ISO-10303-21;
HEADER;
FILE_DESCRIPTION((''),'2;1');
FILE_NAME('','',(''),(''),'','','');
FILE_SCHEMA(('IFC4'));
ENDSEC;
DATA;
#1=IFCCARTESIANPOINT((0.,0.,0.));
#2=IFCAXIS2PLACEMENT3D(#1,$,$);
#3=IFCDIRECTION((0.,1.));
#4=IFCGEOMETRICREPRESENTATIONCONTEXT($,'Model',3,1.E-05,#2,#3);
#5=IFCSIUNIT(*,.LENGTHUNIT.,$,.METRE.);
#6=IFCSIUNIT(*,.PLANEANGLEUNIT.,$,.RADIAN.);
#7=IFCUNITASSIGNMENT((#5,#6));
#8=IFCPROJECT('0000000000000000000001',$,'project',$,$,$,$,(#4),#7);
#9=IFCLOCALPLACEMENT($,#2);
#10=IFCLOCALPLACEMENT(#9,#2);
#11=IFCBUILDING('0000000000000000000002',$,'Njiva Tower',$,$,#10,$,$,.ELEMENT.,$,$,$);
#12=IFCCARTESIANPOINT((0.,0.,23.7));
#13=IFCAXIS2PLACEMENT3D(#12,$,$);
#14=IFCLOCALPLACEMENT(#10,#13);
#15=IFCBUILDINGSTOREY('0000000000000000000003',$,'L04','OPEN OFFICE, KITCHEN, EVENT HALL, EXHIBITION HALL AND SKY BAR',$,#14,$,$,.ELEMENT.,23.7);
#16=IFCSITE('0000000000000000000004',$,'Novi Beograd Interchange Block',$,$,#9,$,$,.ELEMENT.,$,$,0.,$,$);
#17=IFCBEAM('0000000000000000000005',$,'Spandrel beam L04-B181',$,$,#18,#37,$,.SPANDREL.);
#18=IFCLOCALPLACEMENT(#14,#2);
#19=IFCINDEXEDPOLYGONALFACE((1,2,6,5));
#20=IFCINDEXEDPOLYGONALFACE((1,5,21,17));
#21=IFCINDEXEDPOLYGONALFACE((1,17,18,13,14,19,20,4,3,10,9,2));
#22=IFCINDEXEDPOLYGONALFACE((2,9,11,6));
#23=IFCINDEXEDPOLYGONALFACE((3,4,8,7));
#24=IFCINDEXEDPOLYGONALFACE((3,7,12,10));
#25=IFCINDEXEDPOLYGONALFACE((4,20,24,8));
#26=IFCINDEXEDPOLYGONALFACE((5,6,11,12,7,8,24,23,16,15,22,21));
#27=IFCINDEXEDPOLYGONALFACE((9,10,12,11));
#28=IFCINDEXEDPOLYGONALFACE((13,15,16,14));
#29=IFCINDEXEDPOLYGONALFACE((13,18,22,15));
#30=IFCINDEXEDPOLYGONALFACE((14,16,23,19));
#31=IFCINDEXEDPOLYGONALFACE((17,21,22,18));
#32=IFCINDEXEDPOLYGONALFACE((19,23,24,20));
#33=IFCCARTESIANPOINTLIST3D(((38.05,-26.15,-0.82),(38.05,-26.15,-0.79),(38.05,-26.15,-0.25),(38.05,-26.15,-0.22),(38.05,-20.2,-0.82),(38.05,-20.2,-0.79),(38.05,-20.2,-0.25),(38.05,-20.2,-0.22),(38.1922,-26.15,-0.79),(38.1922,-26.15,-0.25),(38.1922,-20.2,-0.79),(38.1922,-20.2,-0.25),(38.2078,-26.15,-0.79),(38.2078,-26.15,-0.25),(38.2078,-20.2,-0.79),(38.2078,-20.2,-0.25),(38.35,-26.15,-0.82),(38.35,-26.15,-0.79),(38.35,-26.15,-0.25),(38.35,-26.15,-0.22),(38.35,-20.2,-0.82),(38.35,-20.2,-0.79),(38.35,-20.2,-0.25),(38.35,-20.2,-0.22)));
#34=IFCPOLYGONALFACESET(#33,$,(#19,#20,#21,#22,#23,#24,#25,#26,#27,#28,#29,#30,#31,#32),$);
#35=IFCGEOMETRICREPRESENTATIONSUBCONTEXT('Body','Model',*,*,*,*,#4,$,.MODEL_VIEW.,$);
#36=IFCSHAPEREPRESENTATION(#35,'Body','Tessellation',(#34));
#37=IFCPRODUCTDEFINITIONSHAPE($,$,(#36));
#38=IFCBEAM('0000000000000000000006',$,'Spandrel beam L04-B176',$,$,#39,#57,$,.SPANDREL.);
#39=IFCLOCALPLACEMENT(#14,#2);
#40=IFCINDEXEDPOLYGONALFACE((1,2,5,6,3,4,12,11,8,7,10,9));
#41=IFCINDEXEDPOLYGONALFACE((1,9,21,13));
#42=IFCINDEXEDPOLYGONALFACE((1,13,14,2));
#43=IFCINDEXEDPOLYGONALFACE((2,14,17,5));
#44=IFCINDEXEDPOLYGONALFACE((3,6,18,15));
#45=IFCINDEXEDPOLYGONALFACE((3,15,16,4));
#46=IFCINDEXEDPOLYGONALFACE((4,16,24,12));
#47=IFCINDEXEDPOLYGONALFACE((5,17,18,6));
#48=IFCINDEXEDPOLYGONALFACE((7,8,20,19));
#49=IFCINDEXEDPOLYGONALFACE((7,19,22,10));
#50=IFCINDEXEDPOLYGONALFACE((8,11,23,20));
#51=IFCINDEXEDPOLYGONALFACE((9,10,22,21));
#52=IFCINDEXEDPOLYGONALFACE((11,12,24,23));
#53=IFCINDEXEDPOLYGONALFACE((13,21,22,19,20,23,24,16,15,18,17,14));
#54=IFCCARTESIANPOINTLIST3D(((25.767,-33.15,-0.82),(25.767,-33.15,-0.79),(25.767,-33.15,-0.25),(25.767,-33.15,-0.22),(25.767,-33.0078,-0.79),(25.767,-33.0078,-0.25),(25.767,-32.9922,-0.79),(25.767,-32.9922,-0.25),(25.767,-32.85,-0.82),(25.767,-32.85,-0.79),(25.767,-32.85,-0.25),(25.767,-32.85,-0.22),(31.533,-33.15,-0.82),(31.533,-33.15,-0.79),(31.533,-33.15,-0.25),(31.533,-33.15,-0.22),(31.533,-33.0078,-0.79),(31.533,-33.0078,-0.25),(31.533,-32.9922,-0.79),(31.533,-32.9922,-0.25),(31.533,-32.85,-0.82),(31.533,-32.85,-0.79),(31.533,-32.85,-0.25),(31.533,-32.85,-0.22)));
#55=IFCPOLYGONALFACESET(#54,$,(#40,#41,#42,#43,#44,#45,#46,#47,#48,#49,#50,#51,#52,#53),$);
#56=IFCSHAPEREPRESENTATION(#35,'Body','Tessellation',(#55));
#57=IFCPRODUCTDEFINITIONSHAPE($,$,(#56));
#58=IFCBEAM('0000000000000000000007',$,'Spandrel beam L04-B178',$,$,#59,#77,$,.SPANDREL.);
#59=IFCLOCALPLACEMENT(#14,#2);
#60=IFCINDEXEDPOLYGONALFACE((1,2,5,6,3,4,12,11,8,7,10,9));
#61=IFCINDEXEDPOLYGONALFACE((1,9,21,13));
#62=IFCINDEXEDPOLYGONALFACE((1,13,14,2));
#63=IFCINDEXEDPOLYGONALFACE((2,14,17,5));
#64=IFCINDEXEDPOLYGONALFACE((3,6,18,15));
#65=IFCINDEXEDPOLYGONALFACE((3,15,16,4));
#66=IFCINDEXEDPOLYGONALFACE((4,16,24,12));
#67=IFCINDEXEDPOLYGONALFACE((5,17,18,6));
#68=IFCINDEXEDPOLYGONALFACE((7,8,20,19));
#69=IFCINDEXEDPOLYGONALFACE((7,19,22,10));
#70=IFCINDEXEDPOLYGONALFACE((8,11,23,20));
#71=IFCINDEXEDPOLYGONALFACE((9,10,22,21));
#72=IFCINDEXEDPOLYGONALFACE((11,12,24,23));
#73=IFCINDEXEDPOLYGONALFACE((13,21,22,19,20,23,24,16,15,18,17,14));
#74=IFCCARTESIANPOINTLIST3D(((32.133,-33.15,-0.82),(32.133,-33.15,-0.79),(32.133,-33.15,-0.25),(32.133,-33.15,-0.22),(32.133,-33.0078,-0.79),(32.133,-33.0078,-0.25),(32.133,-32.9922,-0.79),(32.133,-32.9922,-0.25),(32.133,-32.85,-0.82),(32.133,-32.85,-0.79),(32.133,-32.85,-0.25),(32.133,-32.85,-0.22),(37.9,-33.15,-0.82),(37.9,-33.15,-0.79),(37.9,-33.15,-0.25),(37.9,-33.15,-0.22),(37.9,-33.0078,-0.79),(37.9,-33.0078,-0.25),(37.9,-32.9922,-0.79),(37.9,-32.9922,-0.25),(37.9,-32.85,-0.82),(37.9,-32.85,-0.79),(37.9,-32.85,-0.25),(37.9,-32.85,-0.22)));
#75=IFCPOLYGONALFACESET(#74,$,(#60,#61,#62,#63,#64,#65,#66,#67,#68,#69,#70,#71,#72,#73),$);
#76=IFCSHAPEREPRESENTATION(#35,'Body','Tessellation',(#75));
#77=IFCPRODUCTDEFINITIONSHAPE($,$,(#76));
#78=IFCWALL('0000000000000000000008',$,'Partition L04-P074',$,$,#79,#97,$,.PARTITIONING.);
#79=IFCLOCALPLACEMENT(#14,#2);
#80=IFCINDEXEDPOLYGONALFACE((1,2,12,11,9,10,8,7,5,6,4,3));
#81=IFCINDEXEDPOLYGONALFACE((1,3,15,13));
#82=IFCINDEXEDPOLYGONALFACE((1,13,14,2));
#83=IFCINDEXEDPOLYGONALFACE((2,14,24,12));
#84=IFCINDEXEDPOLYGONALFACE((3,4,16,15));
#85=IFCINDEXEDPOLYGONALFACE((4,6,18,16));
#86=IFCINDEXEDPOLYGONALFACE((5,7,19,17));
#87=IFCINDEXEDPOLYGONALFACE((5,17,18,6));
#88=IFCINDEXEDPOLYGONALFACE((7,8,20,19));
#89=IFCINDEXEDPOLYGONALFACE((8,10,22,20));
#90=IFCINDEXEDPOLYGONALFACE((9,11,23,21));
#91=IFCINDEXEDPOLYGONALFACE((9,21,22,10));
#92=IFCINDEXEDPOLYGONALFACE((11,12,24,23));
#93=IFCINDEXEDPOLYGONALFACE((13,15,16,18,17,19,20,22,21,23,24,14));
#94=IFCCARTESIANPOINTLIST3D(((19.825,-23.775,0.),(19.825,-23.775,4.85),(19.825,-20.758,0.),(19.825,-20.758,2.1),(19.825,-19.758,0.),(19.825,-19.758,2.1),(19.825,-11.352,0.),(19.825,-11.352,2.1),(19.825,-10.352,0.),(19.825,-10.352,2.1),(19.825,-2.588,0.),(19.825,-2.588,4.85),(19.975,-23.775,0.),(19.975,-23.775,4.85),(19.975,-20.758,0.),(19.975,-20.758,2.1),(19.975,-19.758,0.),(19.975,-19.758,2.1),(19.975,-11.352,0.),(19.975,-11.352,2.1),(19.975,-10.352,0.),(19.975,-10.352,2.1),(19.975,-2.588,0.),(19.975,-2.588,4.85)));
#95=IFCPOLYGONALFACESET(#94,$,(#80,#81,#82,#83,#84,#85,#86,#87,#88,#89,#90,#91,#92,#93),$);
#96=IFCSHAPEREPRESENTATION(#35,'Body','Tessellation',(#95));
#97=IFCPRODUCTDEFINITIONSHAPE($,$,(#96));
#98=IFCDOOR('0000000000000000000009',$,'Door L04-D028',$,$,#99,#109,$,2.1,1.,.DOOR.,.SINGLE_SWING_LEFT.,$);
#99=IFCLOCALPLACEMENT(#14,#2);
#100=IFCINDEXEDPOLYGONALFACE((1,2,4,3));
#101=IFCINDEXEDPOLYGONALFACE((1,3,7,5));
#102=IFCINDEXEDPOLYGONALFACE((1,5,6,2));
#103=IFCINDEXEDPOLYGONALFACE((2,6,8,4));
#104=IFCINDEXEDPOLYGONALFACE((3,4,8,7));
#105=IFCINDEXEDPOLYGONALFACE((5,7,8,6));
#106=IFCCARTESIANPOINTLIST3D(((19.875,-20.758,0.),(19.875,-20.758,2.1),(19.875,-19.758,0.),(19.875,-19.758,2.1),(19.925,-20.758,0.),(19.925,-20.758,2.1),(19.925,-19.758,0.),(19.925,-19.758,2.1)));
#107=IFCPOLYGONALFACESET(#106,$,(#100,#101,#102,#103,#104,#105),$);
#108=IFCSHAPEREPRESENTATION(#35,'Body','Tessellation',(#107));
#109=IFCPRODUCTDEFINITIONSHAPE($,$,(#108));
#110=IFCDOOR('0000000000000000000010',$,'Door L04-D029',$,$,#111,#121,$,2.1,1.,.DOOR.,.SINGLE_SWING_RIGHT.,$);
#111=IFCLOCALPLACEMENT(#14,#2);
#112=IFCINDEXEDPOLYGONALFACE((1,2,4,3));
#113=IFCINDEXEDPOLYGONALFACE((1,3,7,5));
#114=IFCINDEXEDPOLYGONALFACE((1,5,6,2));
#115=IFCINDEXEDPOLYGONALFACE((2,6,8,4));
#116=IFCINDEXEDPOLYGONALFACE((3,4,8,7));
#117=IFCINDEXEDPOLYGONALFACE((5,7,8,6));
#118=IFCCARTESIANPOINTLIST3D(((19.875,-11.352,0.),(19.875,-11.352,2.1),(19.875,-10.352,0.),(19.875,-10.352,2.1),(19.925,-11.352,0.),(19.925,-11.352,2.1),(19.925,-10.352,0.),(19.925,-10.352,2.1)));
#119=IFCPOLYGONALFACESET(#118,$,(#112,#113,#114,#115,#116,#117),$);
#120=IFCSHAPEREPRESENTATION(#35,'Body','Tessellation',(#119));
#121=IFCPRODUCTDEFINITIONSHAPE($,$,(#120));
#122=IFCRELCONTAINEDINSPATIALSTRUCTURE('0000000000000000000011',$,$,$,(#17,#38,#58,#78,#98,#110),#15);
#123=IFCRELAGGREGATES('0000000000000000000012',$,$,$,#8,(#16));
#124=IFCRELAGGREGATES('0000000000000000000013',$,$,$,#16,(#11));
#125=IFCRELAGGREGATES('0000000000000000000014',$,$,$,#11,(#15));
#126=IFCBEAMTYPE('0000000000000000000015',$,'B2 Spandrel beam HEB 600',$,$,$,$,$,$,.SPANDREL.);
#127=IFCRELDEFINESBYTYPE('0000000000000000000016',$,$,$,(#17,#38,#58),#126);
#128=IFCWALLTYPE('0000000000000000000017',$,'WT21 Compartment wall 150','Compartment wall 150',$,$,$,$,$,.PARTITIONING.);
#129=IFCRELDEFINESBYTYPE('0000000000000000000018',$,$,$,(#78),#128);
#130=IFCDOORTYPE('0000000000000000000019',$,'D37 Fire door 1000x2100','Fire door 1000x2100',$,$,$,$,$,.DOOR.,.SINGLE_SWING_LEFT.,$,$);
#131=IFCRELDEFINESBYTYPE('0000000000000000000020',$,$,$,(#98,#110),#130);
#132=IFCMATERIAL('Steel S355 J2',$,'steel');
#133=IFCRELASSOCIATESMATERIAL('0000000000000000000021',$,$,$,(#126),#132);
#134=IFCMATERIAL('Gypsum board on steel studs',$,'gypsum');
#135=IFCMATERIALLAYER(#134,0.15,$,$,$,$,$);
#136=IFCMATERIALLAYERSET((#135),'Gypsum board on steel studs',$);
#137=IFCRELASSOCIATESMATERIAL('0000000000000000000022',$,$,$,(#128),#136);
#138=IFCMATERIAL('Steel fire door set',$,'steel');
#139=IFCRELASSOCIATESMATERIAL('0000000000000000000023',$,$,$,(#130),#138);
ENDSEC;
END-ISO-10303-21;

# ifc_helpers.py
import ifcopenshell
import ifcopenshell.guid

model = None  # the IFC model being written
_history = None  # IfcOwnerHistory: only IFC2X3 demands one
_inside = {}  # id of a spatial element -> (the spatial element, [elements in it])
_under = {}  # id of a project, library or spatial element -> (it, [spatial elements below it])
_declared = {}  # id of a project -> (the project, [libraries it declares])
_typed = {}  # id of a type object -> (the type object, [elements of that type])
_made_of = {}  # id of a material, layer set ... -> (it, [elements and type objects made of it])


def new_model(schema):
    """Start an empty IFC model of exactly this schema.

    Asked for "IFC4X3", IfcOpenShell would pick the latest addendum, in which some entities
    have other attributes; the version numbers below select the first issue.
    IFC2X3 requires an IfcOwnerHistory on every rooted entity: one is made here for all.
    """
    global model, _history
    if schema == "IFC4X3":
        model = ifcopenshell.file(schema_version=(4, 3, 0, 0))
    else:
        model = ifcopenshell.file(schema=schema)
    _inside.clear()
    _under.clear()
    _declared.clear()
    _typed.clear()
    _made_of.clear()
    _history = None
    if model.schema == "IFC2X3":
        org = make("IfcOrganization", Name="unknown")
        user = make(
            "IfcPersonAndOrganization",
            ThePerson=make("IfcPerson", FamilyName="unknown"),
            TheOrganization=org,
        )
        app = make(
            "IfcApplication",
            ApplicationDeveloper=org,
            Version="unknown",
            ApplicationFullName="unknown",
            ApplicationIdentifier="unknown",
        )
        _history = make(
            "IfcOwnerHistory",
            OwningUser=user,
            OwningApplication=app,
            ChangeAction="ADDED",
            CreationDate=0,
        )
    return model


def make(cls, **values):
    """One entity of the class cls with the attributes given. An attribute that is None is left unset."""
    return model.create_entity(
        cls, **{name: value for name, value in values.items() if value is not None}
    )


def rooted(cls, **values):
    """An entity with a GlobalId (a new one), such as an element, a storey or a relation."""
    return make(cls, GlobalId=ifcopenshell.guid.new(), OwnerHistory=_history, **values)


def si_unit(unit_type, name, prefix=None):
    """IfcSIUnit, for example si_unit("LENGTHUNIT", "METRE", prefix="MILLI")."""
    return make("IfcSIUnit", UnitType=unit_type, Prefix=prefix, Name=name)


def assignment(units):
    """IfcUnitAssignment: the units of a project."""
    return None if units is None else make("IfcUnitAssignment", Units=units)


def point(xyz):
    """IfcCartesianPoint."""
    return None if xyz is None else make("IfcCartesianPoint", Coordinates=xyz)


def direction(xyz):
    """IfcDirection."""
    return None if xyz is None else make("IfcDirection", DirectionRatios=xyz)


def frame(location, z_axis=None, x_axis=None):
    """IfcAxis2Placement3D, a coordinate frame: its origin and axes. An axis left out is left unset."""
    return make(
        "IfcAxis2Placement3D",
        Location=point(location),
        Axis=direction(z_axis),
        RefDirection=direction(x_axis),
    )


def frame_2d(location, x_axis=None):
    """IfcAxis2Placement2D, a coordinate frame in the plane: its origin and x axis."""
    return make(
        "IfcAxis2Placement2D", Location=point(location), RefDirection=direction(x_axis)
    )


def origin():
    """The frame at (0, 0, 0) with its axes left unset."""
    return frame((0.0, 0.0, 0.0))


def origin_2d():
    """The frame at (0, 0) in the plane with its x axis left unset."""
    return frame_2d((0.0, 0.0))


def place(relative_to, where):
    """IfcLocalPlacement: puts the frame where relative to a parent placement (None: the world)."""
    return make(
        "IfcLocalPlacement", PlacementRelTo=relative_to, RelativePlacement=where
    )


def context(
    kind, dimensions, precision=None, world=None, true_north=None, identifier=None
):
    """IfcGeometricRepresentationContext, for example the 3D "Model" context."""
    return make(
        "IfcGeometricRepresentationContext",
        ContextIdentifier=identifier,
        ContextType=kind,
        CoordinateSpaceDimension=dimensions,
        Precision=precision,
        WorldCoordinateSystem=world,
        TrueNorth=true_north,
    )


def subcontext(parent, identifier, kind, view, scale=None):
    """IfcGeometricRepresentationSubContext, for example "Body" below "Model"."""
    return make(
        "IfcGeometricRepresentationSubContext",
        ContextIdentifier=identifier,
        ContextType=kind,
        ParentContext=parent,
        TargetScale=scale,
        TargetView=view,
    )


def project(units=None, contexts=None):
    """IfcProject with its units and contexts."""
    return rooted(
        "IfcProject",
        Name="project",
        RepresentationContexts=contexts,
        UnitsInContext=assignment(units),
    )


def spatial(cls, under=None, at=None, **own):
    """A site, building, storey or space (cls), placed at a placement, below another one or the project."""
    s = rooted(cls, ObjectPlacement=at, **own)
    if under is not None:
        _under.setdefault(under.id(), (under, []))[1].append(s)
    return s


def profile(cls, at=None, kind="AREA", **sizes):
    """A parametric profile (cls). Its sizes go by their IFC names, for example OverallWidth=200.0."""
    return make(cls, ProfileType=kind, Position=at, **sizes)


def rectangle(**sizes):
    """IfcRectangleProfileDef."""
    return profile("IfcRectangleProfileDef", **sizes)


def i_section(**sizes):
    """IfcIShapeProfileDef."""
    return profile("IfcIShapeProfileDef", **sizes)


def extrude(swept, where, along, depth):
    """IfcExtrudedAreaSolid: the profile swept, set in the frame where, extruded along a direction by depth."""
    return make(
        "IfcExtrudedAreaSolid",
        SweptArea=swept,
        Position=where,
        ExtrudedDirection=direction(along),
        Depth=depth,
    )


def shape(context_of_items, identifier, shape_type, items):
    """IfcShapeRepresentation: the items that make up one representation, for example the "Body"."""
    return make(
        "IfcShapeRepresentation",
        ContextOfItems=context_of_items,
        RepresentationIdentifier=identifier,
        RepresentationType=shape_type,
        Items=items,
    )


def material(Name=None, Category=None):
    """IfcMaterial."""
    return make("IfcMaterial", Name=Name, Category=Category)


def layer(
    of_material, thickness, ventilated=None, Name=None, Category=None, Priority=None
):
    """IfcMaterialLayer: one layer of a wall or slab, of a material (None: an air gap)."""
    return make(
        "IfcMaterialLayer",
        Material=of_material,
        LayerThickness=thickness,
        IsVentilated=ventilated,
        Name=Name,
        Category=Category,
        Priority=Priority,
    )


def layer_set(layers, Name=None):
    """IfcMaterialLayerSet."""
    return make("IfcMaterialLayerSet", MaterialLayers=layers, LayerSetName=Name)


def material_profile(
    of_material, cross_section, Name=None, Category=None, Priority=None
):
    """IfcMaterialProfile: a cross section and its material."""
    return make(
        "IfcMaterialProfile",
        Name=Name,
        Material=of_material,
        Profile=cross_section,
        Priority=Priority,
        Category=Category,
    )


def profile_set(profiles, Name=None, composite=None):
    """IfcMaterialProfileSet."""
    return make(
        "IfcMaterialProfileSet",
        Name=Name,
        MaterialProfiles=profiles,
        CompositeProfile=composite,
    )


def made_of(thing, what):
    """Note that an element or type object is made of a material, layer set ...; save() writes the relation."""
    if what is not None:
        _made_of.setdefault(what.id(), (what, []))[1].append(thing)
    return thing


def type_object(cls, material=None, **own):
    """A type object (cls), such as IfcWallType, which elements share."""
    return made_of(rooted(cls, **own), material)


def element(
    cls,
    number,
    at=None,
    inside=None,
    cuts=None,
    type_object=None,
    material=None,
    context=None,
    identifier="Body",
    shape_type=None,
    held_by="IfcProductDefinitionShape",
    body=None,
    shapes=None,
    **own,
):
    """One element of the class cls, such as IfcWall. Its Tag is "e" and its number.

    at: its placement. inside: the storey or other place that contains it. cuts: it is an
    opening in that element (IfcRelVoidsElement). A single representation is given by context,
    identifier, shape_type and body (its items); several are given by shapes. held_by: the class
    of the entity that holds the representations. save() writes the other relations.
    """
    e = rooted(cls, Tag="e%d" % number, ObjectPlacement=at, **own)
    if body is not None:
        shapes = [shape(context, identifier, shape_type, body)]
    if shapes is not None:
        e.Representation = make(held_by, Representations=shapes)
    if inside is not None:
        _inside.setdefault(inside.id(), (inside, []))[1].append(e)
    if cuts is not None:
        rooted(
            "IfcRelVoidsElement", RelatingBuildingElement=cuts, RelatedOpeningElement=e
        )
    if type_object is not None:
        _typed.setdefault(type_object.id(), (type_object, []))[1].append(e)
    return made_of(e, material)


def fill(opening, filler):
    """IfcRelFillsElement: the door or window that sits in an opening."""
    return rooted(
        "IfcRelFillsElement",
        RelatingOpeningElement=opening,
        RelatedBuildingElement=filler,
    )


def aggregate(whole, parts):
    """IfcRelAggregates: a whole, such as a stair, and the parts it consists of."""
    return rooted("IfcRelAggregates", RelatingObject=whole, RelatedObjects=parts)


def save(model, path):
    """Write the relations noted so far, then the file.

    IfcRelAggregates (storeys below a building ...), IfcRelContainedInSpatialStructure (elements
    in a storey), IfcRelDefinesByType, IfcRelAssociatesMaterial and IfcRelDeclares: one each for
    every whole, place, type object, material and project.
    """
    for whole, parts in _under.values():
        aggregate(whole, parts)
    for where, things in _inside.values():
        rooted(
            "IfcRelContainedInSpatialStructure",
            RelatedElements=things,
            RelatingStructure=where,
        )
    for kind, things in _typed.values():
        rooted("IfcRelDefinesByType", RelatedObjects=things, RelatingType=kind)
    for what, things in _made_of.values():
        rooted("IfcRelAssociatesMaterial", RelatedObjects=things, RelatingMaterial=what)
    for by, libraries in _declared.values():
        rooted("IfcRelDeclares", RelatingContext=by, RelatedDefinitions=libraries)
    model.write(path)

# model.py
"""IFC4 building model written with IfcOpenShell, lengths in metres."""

from ifc_helpers import new_model, si_unit, direction, frame, frame_2d, origin, origin_2d, place, context, subcontext, project, spatial, rectangle, i_section, extrude, material, layer, layer_set, material_profile, profile_set, type_object, element, fill, save


model = new_model("IFC4")

# Units and contexts
model_context = context("Model", 3, precision=1e-05, world=origin(), true_north=direction((0.0, 1.0)))
body_context = subcontext(model_context, "Body", "Model", "MODEL_VIEW")
ifc_project = project(units=[si_unit("LENGTHUNIT", "METRE"), si_unit("PLANEANGLEUNIT", "RADIAN")], contexts=[model_context])

# Site, building, storey
site_placement = place(None, origin())
site = spatial("IfcSite", under=ifc_project, at=site_placement, Name="Novi Beograd Interchange Block", CompositionType="ELEMENT", RefElevation=0.0)
building_placement = place(site_placement, origin())
building = spatial("IfcBuilding", under=site, at=building_placement, Name="Njiva Tower", CompositionType="ELEMENT")
storey_placement = place(building_placement, frame((0.0, 0.0, 23.7)))
storey = spatial("IfcBuildingStorey", under=building, at=storey_placement, Name="L04", Description="OPEN OFFICE, KITCHEN, EVENT HALL, EXHIBITION HALL AND SKY BAR", CompositionType="ELEMENT", Elevation=23.7)

# Shared definitions
ifc_material_1 = material(Name="Steel S355 J2", Category="steel")

# Beams
ifc_material_profile_1 = material_profile(ifc_material_1, i_section(OverallWidth=0.3, OverallDepth=0.6, WebThickness=0.0155, FlangeThickness=0.03, at=origin_2d()), Name="HEB 600")
ifc_profile_set_1 = profile_set([ifc_material_profile_1], Name="Steel S355 J2")
beam_type_1 = type_object("IfcBeamType", Name="B2 Spandrel beam HEB 600", PredefinedType="SPANDREL", material=ifc_profile_set_1)
for number, where, z_axis, x_axis, name in (
    (1, (38.2, -26.15, -0.52), (0.0, 1.0, 0.0), (-1.0, 0.0, 0.0), "Spandrel beam L04-B181"),
):
    element("IfcBeam", number, at=place(storey_placement, frame(where, z_axis=z_axis, x_axis=x_axis)), inside=storey, type_object=beam_type_1, Name=name, PredefinedType="SPANDREL", context=body_context, shape_type="SweptSolid", body=[
        extrude(i_section(OverallWidth=0.3, OverallDepth=0.6, WebThickness=0.0155, FlangeThickness=0.03, at=origin_2d()), origin(), (0.0, 0.0, 1.0), 5.95),
    ])
beam_1_placement = place(storey_placement, frame((25.767, -33.0, -0.52), z_axis=(1.0, 0.0, 0.0), x_axis=(0.0, 1.0, 0.0)))
element("IfcBeam", 2, at=beam_1_placement, inside=storey, type_object=beam_type_1, Name="Spandrel beam L04-B176", PredefinedType="SPANDREL", context=body_context, shape_type="SweptSolid", body=[
    extrude(i_section(OverallWidth=0.3, OverallDepth=0.6, WebThickness=0.0155, FlangeThickness=0.03, at=origin_2d()), origin(), (0.0, 0.0, 1.0), 5.766),
])
beam_2_placement = place(storey_placement, frame((32.133, -33.0, -0.52), z_axis=(1.0, 0.0, 0.0), x_axis=(0.0, 1.0, 0.0)))
element("IfcBeam", 3, at=beam_2_placement, inside=storey, type_object=beam_type_1, Name="Spandrel beam L04-B178", PredefinedType="SPANDREL", context=body_context, shape_type="SweptSolid", body=[
    extrude(i_section(OverallWidth=0.3, OverallDepth=0.6, WebThickness=0.0155, FlangeThickness=0.03, at=origin_2d()), origin(), (0.0, 0.0, 1.0), 5.767),
])

# Wall, openings, doors
ifc_material_2 = material(Name="Gypsum board on steel studs", Category="gypsum")
ifc_layer_1 = layer(ifc_material_2, 0.15)
ifc_layer_set_1 = layer_set([ifc_layer_1], Name="Gypsum board on steel studs")
wall_type_1 = type_object("IfcWallType", Name="WT21 Compartment wall 150", Description="Compartment wall 150", PredefinedType="PARTITIONING", material=ifc_layer_set_1)
wall_1_placement = place(storey_placement, frame((19.9, -23.775, 0.0), z_axis=(0.0, 0.0, 1.0), x_axis=(0.0, 1.0, 0.0)))
wall_1 = element("IfcWall", 4, at=wall_1_placement, inside=storey, type_object=wall_type_1, Name="Partition L04-P074", PredefinedType="PARTITIONING", context=body_context, shape_type="SweptSolid", body=[
    extrude(rectangle(XDim=21.187, YDim=0.15, at=frame_2d((10.5935, 0.0))), origin(), (0.0, 0.0, 1.0), 4.85),
])
opening_1_placement = place(wall_1_placement, frame((3.017, 0.0, 0.0)))
opening_1 = element("IfcOpeningElement", 5, at=opening_1_placement, cuts=wall_1, PredefinedType="OPENING", context=body_context, shape_type="SweptSolid", body=[
    extrude(rectangle(XDim=1.0, YDim=2.1, at=frame_2d((0.5, 1.05))), frame((0.0, 0.085, 0.0), z_axis=(0.0, -1.0, 0.0), x_axis=(1.0, 0.0, 0.0)), (0.0, 0.0, 1.0), 0.17),
])
opening_2_placement = place(wall_1_placement, frame((12.423, 0.0, 0.0)))
opening_2 = element("IfcOpeningElement", 6, at=opening_2_placement, cuts=wall_1, PredefinedType="OPENING", context=body_context, shape_type="SweptSolid", body=[
    extrude(rectangle(XDim=1.0, YDim=2.1, at=frame_2d((0.5, 1.05))), frame((0.0, 0.085, 0.0), z_axis=(0.0, -1.0, 0.0), x_axis=(1.0, 0.0, 0.0)), (0.0, 0.0, 1.0), 0.17),
])
ifc_material_3 = material(Name="Steel fire door set", Category="steel")
door_type = type_object("IfcDoorType", Name="D37 Fire door 1000x2100", Description="Fire door 1000x2100", OperationType="SINGLE_SWING_LEFT", PredefinedType="DOOR", material=ifc_material_3)
door_1_placement = place(opening_1_placement, origin())
door_1 = element("IfcDoor", 7, at=door_1_placement, inside=storey, type_object=door_type, Name="Door L04-D028", OperationType="SINGLE_SWING_LEFT", OverallHeight=2.1, OverallWidth=1.0, PredefinedType="DOOR", context=body_context, shape_type="SweptSolid", body=[
    extrude(rectangle(XDim=1.0, YDim=2.1, at=frame_2d((0.5, 1.05))), frame((0.0, 0.025, 0.0), z_axis=(0.0, -1.0, 0.0), x_axis=(1.0, 0.0, 0.0)), (0.0, 0.0, 1.0), 0.05),
])
fill(opening_1, door_1)
door_2_placement = place(opening_2_placement, origin())
door_2 = element("IfcDoor", 8, at=door_2_placement, inside=storey, type_object=door_type, Name="Door L04-D029", OperationType="SINGLE_SWING_RIGHT", OverallHeight=2.1, OverallWidth=1.0, PredefinedType="DOOR", context=body_context, shape_type="SweptSolid", body=[
    extrude(rectangle(XDim=1.0, YDim=2.1, at=frame_2d((0.5, 1.05))), frame((0.0, 0.025, 0.0), z_axis=(0.0, -1.0, 0.0), x_axis=(1.0, 0.0, 0.0)), (0.0, 0.0, 1.0), 0.05),
])
fill(opening_2, door_2)

save(model, "model.ifc")
